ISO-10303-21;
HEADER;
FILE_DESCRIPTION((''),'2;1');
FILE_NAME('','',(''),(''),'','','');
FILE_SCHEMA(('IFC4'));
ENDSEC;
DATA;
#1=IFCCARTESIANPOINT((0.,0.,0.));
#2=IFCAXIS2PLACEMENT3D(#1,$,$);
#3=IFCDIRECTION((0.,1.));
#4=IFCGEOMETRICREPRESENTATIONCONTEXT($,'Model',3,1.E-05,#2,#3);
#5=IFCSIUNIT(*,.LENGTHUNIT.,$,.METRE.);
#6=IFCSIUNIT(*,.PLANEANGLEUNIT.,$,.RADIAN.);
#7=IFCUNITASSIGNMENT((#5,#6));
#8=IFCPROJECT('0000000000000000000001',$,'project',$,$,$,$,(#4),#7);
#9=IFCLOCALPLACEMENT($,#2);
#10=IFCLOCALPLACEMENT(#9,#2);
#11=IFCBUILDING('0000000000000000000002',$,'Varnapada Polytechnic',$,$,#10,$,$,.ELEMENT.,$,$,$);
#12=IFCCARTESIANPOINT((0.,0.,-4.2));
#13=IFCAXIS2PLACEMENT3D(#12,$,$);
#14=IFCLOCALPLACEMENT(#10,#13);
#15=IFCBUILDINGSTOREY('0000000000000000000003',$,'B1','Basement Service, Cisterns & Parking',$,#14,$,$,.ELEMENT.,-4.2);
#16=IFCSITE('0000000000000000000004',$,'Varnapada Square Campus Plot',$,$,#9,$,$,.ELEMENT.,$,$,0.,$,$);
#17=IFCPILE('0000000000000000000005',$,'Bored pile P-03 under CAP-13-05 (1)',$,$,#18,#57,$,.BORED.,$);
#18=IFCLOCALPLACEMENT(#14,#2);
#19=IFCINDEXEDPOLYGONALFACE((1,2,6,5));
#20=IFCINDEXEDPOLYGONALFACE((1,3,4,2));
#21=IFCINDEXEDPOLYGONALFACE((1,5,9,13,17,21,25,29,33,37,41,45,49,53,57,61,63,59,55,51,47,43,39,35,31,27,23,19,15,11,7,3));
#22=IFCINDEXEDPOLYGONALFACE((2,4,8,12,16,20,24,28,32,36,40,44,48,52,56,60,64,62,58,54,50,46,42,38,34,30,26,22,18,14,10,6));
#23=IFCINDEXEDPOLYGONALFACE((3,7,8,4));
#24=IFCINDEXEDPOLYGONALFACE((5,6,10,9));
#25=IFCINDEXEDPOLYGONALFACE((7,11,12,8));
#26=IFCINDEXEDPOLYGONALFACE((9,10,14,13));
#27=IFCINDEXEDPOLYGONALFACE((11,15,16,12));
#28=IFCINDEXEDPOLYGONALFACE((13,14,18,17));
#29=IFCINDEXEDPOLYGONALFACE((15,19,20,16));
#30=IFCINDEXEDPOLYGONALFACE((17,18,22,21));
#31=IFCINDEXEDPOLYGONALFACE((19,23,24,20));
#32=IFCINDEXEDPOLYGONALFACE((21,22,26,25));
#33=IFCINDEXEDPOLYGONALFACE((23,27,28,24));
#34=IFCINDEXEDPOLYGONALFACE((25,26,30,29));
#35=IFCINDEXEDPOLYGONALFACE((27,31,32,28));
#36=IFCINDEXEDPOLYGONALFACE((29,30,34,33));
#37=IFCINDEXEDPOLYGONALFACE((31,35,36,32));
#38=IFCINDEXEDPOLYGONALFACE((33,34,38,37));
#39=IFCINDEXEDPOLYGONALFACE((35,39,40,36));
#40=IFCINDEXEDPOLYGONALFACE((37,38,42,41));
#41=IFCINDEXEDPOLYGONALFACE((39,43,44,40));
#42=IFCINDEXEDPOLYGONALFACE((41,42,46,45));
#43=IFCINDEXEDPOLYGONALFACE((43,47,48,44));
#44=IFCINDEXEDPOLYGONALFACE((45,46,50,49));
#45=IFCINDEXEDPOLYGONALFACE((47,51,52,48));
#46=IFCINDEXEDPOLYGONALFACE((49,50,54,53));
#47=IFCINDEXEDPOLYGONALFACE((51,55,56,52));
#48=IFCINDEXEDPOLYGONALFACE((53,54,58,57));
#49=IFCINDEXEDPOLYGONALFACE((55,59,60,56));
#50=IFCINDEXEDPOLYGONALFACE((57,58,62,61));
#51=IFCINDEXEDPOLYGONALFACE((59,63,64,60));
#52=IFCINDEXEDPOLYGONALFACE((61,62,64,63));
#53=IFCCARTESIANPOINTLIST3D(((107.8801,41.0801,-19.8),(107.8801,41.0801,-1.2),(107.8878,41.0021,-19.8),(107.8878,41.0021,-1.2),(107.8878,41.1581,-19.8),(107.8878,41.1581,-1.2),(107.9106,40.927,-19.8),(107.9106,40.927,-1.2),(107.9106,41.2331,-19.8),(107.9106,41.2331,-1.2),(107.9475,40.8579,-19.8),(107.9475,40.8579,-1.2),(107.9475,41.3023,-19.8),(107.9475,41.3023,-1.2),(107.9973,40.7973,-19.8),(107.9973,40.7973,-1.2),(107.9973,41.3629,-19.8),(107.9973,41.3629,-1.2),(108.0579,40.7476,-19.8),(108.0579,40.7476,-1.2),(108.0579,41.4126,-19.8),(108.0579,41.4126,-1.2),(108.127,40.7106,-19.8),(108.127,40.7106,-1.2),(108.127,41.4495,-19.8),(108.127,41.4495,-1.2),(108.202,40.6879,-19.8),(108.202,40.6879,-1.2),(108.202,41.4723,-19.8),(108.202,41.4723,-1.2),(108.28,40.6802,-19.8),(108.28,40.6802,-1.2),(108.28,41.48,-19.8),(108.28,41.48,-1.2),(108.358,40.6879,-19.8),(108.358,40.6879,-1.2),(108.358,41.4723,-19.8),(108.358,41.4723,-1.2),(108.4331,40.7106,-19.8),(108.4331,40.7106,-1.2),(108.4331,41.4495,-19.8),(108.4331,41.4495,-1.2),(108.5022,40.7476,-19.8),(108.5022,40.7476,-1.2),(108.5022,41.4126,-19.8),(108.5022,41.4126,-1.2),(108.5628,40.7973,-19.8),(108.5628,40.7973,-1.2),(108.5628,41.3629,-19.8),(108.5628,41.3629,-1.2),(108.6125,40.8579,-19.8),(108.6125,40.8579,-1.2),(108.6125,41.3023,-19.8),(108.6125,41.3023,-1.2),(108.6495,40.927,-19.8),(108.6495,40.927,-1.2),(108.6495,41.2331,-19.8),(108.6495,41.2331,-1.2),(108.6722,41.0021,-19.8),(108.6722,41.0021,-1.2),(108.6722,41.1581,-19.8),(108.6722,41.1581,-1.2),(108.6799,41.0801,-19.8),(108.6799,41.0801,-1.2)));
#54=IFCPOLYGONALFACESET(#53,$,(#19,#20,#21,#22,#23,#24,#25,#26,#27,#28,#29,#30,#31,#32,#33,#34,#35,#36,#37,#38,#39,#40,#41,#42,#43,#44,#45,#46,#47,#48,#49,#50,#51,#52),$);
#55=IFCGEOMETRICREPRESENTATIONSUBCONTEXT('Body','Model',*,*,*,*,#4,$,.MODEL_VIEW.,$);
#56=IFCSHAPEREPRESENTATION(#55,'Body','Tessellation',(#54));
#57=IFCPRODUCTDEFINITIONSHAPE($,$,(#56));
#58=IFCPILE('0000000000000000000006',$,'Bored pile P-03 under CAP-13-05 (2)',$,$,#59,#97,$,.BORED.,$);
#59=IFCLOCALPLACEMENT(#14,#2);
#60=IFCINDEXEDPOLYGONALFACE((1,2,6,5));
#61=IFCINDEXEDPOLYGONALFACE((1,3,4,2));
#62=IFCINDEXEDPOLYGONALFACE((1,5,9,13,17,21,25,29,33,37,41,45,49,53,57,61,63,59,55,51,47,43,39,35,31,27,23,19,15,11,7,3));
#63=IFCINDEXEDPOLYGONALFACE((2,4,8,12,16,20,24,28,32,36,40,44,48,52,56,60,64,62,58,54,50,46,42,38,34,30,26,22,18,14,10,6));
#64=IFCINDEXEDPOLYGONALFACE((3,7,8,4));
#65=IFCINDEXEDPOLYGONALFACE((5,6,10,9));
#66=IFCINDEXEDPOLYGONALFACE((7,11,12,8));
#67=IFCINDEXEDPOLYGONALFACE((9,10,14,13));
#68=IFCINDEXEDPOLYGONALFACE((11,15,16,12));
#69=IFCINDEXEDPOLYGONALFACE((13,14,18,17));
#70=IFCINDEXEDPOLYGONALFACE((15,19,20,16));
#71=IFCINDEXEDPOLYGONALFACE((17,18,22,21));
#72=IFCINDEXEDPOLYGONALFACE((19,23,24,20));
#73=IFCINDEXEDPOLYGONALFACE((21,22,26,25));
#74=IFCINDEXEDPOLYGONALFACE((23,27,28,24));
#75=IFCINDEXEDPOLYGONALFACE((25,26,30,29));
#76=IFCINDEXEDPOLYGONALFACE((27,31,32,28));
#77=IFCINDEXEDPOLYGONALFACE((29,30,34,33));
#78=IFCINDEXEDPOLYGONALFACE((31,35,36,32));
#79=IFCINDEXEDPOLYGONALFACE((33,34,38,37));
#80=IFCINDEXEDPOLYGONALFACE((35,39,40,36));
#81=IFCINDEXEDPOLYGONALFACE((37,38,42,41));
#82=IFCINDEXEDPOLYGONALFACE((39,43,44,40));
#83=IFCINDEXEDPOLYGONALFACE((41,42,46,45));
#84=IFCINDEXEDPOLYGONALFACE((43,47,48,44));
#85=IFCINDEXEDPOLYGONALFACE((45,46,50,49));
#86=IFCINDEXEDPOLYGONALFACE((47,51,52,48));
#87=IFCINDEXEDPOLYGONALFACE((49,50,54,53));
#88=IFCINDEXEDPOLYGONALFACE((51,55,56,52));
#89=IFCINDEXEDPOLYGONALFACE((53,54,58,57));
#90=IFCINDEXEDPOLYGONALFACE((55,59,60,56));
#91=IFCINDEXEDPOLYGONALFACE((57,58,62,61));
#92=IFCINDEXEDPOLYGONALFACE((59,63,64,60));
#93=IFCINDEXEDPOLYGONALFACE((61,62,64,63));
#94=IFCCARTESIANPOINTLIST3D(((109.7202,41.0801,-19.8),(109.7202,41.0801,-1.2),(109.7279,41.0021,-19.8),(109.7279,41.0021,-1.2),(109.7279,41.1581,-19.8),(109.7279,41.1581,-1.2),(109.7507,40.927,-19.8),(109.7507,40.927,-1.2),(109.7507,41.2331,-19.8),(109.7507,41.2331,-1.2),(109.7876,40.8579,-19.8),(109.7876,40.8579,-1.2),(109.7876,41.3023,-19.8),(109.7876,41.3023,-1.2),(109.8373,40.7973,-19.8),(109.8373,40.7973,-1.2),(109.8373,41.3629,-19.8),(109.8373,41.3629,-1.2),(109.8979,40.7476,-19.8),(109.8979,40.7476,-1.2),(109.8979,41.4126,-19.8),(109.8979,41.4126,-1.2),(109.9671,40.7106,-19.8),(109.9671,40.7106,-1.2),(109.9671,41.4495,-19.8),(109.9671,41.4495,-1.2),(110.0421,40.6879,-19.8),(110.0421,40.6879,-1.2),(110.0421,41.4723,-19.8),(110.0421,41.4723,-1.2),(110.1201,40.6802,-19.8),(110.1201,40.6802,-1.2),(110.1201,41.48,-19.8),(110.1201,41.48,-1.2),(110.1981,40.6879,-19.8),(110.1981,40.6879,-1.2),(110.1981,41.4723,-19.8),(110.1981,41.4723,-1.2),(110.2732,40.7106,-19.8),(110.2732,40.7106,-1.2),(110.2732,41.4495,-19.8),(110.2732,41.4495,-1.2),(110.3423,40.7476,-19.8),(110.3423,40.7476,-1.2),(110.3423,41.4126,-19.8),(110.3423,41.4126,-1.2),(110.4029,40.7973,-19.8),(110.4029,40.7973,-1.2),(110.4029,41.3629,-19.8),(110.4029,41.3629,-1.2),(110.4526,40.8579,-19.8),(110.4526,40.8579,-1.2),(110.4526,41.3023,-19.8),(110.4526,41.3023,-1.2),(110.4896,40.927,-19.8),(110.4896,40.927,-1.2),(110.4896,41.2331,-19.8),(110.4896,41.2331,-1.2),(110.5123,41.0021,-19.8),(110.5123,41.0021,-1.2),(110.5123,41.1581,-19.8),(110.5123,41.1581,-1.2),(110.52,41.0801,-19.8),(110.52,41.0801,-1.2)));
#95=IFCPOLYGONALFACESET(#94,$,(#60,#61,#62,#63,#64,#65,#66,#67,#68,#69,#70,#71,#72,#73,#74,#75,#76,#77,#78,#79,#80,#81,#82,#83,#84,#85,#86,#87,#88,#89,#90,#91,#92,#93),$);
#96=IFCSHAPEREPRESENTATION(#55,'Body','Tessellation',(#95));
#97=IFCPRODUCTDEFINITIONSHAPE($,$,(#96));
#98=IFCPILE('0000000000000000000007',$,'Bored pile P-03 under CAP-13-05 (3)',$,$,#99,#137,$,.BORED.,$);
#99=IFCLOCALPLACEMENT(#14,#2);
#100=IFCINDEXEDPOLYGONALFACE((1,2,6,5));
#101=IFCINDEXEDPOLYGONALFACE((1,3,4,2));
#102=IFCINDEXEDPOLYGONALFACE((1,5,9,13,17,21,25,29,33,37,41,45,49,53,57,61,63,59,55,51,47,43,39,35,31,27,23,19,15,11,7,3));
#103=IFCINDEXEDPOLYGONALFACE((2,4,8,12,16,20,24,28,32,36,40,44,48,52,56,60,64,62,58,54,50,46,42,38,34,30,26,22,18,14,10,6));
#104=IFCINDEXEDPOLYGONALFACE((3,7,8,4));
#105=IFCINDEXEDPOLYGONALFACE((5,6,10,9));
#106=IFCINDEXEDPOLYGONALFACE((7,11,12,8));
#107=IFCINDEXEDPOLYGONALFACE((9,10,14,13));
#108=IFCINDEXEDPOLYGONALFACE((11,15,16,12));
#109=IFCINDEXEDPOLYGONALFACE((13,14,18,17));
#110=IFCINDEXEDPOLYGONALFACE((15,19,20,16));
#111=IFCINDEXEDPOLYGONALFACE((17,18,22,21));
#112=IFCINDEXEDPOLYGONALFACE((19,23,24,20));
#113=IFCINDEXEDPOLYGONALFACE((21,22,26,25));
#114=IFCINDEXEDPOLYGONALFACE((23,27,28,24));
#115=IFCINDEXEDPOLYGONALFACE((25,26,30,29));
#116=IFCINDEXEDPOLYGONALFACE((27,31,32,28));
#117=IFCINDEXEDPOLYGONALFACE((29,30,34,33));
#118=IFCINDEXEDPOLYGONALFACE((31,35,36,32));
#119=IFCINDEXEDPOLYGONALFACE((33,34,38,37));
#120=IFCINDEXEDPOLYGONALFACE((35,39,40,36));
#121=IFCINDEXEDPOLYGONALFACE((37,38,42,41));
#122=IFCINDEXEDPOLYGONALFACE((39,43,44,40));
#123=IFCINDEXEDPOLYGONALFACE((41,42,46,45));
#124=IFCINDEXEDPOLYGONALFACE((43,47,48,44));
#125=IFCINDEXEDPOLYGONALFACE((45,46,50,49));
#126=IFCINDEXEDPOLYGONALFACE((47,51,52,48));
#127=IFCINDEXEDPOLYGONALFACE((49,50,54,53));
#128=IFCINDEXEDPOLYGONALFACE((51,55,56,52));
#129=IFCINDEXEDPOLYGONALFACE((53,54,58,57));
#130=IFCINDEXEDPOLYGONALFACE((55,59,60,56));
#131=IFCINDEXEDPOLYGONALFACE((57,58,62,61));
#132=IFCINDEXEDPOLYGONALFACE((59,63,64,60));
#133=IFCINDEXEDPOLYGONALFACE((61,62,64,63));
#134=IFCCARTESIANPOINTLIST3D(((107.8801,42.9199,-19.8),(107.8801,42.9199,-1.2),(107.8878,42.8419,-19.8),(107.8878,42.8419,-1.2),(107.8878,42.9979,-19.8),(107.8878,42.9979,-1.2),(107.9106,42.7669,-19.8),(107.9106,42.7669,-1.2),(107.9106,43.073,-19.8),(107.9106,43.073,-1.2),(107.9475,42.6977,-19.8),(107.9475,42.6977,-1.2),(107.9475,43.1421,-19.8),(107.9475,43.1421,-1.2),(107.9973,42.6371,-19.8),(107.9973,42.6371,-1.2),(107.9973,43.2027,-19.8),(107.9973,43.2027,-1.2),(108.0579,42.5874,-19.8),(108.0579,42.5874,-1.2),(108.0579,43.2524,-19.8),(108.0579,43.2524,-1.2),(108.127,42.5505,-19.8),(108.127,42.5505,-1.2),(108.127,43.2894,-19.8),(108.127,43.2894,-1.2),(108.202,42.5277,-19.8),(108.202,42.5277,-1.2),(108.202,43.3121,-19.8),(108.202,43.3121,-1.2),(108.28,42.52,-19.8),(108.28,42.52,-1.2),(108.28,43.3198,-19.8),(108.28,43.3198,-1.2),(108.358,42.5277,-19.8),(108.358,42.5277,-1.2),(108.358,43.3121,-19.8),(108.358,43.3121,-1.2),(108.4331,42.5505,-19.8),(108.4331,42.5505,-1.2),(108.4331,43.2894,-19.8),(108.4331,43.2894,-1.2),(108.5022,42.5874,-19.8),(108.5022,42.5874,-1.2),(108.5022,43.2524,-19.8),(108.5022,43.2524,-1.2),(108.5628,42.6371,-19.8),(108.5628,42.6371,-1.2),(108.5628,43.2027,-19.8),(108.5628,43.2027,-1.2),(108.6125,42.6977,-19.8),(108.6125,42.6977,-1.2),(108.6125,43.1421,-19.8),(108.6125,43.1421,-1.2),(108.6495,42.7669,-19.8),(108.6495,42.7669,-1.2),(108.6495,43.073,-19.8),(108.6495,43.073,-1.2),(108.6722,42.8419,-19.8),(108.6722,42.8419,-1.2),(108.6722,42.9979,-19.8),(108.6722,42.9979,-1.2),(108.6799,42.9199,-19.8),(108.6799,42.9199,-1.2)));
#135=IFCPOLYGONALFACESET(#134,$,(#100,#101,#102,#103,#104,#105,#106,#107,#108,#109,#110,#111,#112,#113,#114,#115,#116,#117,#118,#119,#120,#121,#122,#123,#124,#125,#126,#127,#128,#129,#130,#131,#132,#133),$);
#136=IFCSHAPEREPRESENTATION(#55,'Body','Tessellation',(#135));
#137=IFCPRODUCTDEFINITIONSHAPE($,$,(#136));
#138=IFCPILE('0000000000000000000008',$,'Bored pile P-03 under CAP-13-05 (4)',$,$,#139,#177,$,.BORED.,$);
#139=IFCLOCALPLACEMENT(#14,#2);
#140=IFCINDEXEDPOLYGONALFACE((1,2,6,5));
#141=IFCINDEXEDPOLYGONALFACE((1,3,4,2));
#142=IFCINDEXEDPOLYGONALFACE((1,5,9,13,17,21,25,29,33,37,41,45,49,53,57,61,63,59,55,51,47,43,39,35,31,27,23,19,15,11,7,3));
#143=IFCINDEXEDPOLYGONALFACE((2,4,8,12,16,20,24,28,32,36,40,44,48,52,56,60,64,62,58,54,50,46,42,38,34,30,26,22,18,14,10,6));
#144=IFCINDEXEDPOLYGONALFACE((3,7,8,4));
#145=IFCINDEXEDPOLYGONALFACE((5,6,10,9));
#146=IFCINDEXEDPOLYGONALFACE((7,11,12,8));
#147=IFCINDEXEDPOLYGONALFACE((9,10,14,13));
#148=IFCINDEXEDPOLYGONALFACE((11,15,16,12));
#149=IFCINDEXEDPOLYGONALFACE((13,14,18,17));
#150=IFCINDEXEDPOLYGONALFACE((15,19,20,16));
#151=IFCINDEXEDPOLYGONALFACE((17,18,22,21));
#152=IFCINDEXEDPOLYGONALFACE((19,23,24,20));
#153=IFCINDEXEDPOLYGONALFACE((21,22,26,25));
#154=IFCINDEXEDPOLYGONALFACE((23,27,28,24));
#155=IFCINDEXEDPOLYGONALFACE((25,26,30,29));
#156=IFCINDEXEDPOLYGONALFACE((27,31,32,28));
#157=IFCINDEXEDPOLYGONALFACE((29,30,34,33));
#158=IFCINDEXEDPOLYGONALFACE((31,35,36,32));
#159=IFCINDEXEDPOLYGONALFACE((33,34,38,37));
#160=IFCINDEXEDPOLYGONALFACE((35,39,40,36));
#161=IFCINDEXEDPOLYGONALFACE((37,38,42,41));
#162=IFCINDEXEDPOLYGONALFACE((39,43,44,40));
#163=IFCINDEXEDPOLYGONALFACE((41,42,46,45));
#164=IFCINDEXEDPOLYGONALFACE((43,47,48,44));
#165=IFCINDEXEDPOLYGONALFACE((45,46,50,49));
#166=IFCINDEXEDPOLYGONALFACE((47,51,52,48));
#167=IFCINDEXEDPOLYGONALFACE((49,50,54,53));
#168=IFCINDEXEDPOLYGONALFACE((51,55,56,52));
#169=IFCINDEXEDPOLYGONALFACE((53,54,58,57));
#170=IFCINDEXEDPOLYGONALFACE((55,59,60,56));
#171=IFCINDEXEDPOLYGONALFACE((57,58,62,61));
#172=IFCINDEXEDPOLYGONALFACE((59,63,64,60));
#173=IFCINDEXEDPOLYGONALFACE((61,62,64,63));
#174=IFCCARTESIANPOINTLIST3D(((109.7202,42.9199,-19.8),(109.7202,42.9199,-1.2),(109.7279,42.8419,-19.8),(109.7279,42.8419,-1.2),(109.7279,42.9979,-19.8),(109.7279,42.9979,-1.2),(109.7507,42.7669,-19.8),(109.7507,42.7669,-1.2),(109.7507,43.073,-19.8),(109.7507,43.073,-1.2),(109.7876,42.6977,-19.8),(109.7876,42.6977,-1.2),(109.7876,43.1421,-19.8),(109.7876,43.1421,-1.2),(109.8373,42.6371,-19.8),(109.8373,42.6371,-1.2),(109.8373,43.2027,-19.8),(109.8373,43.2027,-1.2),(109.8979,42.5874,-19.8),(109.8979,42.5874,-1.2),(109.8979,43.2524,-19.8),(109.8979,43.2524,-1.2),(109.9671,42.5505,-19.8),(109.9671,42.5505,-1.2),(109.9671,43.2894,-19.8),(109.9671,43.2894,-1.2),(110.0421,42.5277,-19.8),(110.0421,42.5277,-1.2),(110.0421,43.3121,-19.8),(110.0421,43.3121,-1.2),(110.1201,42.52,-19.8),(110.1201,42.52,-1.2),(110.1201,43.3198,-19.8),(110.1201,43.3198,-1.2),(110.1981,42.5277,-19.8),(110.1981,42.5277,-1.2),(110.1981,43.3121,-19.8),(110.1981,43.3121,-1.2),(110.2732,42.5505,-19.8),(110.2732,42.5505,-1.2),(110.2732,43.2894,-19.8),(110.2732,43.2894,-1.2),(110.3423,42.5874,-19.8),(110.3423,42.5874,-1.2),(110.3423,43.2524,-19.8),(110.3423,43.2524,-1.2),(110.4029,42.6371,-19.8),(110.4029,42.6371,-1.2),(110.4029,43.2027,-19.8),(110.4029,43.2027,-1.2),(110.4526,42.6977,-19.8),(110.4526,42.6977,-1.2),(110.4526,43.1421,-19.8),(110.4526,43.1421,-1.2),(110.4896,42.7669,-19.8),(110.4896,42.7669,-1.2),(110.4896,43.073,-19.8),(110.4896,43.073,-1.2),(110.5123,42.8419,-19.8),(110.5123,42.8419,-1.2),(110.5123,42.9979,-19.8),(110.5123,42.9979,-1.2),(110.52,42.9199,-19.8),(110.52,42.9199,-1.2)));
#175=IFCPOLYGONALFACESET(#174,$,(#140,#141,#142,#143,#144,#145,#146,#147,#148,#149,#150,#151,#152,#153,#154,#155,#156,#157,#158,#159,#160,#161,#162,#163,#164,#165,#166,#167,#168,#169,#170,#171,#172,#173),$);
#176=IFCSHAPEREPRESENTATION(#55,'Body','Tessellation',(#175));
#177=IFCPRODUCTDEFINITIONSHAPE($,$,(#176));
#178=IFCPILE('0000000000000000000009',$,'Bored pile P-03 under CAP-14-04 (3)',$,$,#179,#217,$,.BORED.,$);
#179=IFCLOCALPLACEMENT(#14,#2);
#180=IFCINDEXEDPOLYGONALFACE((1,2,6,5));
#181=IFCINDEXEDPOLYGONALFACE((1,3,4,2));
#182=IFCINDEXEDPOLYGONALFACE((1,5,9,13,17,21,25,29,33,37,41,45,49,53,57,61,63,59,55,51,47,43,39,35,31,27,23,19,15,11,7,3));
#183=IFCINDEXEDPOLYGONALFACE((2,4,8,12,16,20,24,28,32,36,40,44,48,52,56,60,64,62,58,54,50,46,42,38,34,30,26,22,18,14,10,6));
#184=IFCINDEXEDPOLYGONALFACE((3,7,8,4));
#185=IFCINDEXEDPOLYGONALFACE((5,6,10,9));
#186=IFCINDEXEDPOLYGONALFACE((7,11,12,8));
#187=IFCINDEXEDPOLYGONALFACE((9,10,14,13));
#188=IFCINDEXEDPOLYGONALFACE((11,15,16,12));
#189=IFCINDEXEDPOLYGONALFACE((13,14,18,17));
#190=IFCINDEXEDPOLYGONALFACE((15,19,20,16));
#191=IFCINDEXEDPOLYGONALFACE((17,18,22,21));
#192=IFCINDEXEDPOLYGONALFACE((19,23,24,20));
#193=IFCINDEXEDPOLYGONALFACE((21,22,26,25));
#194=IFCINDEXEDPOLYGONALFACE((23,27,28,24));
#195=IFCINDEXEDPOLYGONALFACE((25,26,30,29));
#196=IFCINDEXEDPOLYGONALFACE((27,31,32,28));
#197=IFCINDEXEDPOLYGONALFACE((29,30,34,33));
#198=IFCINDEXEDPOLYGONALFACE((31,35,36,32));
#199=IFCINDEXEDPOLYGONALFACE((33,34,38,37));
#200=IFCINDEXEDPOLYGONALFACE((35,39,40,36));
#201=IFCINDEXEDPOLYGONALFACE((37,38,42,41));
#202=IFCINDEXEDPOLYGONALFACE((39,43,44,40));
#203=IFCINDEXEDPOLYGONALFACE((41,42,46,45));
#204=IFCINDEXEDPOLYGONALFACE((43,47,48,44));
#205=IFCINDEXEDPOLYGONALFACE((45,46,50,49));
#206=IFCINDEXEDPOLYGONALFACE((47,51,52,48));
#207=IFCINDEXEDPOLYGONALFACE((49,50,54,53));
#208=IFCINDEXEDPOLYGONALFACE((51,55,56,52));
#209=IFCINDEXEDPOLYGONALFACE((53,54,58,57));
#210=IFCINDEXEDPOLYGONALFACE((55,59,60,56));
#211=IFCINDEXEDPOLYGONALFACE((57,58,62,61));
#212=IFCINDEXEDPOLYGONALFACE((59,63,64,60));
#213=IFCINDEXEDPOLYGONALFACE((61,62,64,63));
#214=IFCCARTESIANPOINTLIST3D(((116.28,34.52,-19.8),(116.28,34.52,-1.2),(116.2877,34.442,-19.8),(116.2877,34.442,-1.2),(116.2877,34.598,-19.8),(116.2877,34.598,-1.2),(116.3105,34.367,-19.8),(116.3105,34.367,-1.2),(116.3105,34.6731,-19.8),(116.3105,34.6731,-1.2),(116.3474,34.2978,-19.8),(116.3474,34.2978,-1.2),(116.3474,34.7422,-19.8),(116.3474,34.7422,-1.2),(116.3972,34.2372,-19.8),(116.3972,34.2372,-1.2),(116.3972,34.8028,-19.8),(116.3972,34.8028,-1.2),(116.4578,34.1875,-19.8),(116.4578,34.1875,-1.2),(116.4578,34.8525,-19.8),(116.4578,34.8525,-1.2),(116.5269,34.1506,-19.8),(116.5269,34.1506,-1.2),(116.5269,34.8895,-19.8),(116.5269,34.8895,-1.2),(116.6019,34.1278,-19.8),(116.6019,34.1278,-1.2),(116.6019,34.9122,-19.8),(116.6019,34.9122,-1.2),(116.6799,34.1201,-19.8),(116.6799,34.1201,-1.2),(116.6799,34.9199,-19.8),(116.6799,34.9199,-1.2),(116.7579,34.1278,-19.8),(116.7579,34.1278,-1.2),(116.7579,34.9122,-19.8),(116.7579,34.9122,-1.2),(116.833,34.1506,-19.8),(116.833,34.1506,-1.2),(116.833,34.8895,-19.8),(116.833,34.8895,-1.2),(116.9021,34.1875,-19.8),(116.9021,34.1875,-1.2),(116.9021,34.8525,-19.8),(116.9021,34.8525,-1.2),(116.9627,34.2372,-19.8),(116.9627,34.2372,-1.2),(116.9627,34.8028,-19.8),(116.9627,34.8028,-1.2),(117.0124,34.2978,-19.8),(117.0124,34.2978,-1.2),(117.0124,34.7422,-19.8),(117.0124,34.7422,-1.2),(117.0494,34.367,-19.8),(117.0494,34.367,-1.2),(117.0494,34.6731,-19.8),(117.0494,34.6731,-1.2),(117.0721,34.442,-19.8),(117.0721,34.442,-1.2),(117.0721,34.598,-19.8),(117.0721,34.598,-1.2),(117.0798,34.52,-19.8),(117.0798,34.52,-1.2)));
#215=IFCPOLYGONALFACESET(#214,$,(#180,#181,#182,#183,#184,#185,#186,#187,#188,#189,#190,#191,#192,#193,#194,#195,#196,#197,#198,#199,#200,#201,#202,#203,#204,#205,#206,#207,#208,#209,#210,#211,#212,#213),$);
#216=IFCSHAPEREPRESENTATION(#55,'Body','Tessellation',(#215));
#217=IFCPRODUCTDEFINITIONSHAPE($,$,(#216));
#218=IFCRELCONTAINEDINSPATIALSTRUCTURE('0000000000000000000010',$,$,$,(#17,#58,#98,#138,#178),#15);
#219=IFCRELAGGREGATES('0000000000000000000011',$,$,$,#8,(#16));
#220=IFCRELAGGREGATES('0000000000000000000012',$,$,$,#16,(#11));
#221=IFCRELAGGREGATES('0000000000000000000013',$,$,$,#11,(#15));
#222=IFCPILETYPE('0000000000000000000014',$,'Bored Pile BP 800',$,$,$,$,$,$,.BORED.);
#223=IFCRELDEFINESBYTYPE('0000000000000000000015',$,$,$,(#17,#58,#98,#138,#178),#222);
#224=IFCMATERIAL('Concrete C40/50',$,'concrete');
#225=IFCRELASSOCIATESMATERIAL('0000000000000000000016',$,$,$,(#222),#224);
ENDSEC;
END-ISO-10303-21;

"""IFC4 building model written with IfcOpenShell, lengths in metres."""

from ifc_helpers import new_model, si_unit, direction, frame, origin, origin_2d, place, context, subcontext, project, spatial, circle, extrude, material, material_profile, profile_set, type_object, element, save


model = new_model("IFC4")

# Units and contexts
model_context = context("Model", 3, precision=1e-05, world=origin(), true_north=direction((0.0, 1.0)))
body_context = subcontext(model_context, "Body", "Model", "MODEL_VIEW")
ifc_project = project(units=[si_unit("LENGTHUNIT", "METRE"), si_unit("PLANEANGLEUNIT", "RADIAN")], contexts=[model_context])

# Site, building, storey
site_placement = place(None, origin())
site = spatial("IfcSite", under=ifc_project, at=site_placement, Name="Varnapada Square Campus Plot", CompositionType="ELEMENT", RefElevation=0.0)
building_placement = place(site_placement, origin())
building = spatial("IfcBuilding", under=site, at=building_placement, Name="Varnapada Polytechnic", CompositionType="ELEMENT")
storey_placement = place(building_placement, frame((0.0, 0.0, -4.2)))
storey = spatial("IfcBuildingStorey", under=building, at=storey_placement, Name="B1", Description="Basement Service, Cisterns & Parking", CompositionType="ELEMENT", Elevation=-4.2)

# Piles
ifc_material_1 = material(Name="Concrete C40/50", Category="concrete")
ifc_material_profile_1 = material_profile(ifc_material_1, circle(Radius=0.3999, at=origin_2d()), Name="BP 800")
ifc_profile_set_1 = profile_set([ifc_material_profile_1], Name="Concrete C40/50")
pile_type = type_object("IfcPileType", Name="Bored Pile BP 800", PredefinedType="BORED", material=ifc_profile_set_1)
for number, where, z_axis, x_axis, name in (
    (1, (108.28, 41.0801, -1.2), (0.0, 0.0, -1.0), (1.0, 0.0, 0.0), "Bored pile P-03 under CAP-13-05 (1)"),
    (2, (110.1201, 41.0801, -1.2), (0.0, 0.0, -1.0), (1.0, 0.0, 0.0), "Bored pile P-03 under CAP-13-05 (2)"),
    (3, (108.28, 42.9199, -1.2), (0.0, 0.0, -1.0), (1.0, 0.0, 0.0), "Bored pile P-03 under CAP-13-05 (3)"),
    (4, (110.1201, 42.9199, -1.2), (0.0, 0.0, -1.0), (1.0, 0.0, 0.0), "Bored pile P-03 under CAP-13-05 (4)"),
    (5, (116.6799, 34.52, -1.2), (0.0, 0.0, -1.0), (1.0, 0.0, 0.0), "Bored pile P-03 under CAP-14-04 (3)"),
):
    element("IfcPile", number, at=place(storey_placement, frame(where, z_axis=z_axis, x_axis=x_axis)), inside=storey, type_object=pile_type, Name=name, PredefinedType="BORED", context=body_context, shape_type="SweptSolid", body=[
        extrude(circle(Radius=0.3999, at=origin_2d()), origin(), (0.0, 0.0, 1.0), 18.6001),
    ])

save(model, "model.ifc")
